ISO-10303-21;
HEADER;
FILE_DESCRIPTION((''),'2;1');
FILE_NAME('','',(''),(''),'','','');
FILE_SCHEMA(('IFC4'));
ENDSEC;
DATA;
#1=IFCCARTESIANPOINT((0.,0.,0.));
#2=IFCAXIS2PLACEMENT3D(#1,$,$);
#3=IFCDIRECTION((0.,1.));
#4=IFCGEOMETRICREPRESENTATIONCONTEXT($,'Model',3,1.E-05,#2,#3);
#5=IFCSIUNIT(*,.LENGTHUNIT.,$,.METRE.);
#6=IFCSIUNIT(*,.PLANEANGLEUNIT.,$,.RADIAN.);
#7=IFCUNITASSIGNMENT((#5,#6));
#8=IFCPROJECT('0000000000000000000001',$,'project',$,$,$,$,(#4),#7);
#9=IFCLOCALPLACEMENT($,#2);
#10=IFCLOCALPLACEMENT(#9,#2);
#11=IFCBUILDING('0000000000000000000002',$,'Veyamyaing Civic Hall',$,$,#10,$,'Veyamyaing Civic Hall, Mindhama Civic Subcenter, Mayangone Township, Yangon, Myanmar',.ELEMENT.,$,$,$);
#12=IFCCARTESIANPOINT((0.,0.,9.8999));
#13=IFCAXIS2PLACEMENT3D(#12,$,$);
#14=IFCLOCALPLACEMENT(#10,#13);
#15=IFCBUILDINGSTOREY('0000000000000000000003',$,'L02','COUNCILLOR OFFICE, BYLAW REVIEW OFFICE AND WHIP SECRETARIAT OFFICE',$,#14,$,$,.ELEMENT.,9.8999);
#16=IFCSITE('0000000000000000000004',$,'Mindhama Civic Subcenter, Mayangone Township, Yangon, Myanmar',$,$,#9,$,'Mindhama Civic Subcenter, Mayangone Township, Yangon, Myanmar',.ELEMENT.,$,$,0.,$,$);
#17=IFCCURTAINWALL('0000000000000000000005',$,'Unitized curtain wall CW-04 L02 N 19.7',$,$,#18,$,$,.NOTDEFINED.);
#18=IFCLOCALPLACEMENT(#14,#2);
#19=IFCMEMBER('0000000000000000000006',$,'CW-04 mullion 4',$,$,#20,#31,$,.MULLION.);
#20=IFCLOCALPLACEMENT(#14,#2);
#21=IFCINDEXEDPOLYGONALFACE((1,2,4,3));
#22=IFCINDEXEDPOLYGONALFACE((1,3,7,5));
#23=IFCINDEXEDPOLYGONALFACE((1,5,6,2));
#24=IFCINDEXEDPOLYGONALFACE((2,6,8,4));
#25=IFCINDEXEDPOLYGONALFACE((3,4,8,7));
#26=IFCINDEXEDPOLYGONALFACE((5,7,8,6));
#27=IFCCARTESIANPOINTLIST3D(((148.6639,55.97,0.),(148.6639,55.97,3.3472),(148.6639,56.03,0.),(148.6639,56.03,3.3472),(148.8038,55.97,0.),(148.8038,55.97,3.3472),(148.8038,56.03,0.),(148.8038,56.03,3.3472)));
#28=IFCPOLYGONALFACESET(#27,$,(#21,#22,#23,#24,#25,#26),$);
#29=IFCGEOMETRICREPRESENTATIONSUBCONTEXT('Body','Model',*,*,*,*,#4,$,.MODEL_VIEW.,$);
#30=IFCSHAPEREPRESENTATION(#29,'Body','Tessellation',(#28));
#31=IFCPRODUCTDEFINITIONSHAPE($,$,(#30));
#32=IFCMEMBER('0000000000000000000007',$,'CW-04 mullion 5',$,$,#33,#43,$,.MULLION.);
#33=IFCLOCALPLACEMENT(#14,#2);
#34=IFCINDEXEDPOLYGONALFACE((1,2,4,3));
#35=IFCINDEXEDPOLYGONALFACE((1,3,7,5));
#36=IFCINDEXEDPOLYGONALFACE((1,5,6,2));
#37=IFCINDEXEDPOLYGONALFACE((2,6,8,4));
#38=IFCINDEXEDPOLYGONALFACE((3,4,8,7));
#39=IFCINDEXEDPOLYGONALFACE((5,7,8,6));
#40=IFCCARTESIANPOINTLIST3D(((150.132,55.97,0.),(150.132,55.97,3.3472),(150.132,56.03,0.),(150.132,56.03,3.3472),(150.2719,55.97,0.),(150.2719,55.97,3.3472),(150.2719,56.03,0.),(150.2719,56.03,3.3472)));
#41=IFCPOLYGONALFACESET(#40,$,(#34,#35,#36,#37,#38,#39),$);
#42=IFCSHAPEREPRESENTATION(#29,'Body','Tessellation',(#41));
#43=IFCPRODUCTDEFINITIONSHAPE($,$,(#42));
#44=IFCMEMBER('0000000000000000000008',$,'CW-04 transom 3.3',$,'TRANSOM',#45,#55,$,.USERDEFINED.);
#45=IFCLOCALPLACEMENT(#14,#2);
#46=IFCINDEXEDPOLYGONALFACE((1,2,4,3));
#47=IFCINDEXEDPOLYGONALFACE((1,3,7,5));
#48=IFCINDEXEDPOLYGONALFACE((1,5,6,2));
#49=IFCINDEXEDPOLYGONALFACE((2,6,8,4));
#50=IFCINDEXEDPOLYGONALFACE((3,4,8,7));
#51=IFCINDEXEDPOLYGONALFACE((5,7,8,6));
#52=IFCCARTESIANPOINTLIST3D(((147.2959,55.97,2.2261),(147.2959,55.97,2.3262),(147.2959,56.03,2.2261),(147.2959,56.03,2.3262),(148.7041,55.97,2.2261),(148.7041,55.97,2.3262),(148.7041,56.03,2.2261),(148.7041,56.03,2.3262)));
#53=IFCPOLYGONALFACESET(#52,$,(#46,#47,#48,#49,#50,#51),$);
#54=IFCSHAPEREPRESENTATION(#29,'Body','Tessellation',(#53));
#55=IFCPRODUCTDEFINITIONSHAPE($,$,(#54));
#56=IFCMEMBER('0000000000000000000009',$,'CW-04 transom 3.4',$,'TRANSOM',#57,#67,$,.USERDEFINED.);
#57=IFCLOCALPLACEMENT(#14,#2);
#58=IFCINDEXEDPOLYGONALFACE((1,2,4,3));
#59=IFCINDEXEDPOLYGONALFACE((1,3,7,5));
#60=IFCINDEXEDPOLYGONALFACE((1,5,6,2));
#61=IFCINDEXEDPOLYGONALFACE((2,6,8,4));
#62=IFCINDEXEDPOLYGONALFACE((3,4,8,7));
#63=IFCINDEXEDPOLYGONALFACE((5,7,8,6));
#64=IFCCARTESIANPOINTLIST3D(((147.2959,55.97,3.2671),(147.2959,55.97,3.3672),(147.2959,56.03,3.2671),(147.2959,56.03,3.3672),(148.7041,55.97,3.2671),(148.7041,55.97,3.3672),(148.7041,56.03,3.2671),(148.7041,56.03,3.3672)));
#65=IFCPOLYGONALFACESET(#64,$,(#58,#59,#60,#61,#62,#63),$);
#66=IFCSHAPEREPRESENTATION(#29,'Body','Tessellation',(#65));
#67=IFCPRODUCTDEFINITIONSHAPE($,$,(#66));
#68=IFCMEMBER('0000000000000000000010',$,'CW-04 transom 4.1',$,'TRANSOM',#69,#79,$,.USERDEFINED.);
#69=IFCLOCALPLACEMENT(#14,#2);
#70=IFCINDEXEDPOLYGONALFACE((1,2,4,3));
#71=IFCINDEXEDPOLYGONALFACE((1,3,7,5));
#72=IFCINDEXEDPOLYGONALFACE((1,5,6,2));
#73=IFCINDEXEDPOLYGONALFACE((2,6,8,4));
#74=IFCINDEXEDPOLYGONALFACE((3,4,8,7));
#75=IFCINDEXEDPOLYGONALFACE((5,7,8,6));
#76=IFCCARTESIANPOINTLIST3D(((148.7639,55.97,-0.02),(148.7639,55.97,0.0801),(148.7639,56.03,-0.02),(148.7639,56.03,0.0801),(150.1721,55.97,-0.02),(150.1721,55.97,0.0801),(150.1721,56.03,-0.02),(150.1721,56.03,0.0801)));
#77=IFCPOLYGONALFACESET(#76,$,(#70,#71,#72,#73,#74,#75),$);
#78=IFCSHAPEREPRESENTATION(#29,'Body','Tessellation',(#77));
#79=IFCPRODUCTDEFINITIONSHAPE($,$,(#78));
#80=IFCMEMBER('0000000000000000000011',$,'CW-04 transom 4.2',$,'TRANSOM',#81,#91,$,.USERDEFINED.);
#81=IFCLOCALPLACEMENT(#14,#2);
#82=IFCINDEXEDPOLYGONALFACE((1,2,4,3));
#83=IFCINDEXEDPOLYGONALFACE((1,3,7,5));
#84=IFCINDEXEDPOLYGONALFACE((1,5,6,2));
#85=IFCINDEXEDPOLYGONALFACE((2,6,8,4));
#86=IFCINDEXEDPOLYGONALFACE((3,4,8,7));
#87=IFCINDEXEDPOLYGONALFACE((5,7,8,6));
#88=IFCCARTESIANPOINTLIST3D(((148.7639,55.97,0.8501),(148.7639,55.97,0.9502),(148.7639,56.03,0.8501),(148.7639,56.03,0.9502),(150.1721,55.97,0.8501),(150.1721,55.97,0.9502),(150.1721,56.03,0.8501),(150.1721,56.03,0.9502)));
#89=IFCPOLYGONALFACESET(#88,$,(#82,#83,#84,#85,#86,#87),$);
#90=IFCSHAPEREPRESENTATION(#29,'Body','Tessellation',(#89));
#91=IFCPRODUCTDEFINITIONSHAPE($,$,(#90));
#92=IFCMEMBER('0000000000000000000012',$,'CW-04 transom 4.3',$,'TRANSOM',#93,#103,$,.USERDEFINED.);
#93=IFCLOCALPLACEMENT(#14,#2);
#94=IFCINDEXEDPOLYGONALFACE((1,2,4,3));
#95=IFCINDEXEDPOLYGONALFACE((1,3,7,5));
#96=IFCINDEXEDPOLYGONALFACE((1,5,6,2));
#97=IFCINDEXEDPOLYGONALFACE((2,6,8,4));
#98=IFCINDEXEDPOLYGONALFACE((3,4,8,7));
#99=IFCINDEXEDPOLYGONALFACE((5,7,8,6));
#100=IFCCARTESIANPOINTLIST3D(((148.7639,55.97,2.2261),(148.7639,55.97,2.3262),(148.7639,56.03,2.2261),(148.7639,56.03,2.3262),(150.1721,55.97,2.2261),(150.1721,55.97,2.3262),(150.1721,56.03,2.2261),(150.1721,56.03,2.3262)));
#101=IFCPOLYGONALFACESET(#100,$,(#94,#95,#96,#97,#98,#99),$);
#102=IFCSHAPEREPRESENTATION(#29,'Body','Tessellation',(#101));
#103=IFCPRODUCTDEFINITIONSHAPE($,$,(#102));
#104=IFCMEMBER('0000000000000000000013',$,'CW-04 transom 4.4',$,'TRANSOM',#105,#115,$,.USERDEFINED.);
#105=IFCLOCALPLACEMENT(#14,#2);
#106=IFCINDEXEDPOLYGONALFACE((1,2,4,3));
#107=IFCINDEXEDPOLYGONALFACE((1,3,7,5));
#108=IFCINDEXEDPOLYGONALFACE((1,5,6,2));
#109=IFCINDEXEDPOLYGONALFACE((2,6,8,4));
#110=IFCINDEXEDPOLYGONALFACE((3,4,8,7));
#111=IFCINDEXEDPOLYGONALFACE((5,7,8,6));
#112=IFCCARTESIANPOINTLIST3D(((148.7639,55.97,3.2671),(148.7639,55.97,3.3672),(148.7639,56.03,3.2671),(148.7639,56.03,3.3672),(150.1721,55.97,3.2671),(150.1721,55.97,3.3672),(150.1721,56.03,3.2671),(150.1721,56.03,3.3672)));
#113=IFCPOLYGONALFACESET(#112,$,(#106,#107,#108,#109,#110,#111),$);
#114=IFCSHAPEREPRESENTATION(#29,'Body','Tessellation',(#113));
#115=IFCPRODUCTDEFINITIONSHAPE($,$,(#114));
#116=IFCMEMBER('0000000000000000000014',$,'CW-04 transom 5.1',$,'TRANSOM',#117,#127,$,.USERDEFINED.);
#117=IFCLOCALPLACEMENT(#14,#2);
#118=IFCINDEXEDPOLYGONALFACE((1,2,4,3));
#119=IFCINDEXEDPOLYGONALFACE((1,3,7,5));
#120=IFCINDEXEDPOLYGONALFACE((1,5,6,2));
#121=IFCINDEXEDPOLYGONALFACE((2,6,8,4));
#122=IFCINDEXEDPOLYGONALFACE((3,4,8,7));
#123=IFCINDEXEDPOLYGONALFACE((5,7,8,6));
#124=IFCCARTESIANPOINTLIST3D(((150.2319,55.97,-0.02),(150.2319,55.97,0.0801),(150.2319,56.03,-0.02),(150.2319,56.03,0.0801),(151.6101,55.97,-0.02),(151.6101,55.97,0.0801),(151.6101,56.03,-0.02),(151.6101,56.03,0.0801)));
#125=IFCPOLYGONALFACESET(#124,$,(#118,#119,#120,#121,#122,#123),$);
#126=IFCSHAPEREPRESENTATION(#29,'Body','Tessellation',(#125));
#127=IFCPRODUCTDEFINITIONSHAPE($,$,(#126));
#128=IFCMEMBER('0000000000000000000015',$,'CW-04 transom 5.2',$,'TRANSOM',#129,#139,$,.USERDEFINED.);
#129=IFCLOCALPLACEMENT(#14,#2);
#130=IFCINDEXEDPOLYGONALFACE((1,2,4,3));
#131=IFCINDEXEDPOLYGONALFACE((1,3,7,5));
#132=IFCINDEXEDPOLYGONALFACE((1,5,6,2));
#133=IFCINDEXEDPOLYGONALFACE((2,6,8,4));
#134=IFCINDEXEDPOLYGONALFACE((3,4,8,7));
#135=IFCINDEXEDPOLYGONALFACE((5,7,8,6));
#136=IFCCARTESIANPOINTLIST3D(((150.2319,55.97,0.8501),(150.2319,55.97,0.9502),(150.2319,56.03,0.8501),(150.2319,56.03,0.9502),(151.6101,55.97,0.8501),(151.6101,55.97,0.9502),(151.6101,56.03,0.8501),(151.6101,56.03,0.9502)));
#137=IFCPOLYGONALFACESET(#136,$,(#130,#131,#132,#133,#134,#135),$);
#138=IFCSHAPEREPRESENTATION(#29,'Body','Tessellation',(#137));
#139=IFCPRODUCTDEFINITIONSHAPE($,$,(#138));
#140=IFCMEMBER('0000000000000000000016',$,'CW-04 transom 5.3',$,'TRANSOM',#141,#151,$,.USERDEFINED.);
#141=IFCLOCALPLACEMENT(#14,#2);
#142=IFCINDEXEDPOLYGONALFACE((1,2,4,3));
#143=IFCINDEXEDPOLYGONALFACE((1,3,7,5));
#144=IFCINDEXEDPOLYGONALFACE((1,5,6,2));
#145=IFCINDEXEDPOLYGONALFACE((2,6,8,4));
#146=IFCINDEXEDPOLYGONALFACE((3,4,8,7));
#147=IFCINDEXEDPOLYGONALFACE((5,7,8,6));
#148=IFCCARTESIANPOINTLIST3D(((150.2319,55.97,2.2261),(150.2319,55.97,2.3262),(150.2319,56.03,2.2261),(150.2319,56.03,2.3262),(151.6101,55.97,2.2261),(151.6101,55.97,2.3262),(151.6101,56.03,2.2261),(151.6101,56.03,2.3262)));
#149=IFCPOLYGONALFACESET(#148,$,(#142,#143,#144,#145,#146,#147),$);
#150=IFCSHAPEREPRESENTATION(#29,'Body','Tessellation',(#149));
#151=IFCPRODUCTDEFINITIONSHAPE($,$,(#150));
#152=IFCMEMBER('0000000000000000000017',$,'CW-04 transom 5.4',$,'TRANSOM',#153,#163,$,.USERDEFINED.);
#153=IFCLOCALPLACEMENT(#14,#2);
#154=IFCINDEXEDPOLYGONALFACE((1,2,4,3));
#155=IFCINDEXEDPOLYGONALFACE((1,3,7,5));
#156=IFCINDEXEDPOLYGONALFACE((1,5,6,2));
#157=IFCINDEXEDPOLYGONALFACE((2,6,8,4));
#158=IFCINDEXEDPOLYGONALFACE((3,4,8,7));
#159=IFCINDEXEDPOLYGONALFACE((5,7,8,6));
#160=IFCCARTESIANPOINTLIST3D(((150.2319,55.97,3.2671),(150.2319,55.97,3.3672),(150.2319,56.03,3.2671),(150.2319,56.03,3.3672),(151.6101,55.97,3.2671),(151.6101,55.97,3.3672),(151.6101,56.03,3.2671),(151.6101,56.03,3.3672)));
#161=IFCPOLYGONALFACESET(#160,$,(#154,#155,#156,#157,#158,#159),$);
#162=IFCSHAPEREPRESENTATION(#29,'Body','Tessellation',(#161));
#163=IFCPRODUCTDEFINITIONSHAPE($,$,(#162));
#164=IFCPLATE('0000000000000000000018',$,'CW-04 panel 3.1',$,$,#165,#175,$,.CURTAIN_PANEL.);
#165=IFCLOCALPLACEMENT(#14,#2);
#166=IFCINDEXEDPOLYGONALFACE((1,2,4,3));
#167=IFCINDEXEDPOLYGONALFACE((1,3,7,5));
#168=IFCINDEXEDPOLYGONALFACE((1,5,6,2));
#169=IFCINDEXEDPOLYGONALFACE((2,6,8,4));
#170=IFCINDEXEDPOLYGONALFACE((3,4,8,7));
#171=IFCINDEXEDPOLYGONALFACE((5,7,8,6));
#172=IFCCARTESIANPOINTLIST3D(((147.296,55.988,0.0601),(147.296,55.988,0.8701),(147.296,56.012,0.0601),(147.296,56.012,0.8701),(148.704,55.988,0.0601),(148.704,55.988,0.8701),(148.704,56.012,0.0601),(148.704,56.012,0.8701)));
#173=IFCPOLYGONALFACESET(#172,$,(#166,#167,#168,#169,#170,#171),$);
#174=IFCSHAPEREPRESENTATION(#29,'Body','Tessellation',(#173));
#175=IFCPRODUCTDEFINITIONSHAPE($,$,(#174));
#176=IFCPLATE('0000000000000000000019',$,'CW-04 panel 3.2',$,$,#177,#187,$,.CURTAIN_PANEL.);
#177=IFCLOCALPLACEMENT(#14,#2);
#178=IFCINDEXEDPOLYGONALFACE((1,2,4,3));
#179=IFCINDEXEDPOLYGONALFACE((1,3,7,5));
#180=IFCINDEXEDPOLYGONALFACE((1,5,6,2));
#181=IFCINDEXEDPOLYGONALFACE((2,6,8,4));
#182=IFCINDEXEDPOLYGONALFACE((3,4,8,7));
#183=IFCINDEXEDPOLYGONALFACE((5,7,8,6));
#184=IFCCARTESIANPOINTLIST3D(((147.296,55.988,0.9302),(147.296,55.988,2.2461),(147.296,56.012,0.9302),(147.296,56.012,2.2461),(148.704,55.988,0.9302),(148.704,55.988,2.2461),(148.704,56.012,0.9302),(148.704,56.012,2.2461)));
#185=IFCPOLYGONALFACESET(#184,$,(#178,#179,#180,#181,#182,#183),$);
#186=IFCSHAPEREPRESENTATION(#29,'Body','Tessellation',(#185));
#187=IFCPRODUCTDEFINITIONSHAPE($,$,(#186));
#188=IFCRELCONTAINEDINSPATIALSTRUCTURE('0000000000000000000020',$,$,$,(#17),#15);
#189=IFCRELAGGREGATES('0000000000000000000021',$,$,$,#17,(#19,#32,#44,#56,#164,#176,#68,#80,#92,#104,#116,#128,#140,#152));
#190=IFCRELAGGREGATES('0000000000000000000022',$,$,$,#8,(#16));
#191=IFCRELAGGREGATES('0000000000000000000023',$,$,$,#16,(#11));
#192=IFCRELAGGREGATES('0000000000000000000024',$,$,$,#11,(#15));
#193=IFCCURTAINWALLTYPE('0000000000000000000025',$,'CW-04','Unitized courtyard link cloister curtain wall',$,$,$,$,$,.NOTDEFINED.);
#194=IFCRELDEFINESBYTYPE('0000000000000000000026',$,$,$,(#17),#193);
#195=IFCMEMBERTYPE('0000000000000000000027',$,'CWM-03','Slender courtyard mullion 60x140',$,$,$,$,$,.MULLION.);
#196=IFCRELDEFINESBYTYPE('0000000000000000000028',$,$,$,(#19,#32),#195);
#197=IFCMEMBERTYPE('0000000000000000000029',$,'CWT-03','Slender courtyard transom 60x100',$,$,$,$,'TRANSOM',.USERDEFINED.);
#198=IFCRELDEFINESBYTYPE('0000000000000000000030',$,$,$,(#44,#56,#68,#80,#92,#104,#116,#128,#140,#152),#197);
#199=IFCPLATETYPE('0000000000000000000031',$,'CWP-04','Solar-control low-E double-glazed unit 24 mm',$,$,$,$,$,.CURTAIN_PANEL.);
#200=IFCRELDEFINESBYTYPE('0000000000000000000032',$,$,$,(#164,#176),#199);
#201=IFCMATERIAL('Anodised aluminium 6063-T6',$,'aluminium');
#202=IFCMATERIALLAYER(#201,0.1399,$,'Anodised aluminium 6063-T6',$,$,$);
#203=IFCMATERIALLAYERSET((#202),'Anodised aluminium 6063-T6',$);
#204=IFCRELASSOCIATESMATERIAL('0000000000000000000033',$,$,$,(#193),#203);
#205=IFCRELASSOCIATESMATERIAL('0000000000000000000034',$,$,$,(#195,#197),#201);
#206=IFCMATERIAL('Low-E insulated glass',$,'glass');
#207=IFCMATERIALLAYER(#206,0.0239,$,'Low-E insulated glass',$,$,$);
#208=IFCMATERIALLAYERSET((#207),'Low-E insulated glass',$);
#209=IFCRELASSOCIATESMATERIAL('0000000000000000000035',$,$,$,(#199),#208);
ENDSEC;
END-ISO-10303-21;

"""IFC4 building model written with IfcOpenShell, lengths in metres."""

from ifc_helpers import new_model, si_unit, direction, frame, origin, origin_2d, place, context, subcontext, project, spatial, rectangle, extrude, material, layer, layer_set, material_profile, profile_set, type_object, element, aggregate, save


model = new_model("IFC4")

# Units and contexts
model_context = context("Model", 3, precision=1e-05, world=origin(), true_north=direction((0.0, 1.0)))
body_context = subcontext(model_context, "Body", "Model", "MODEL_VIEW")
ifc_project = project(units=[si_unit("LENGTHUNIT", "METRE"), si_unit("PLANEANGLEUNIT", "RADIAN")], contexts=[model_context])

# Site, building, storey
site_placement = place(None, origin())
site = spatial("IfcSite", under=ifc_project, at=site_placement, Name="Mindhama Civic Subcenter, Mayangone Township, Yangon, Myanmar", LongName="Mindhama Civic Subcenter, Mayangone Township, Yangon, Myanmar", CompositionType="ELEMENT", RefElevation=0.0)
building_placement = place(site_placement, origin())
building = spatial("IfcBuilding", under=site, at=building_placement, Name="Veyamyaing Civic Hall", LongName="Veyamyaing Civic Hall, Mindhama Civic Subcenter, Mayangone Township, Yangon, Myanmar", CompositionType="ELEMENT")
storey_placement = place(building_placement, frame((0.0, 0.0, 9.8999)))
storey = spatial("IfcBuildingStorey", under=building, at=storey_placement, Name="L02", Description="COUNCILLOR OFFICE, BYLAW REVIEW OFFICE AND WHIP SECRETARIAT OFFICE", CompositionType="ELEMENT", Elevation=9.8999)

# Curtain wall, members, plates
ifc_material_1 = material(Name="Anodised aluminium 6063-T6", Category="aluminium")
ifc_layer_1 = layer(ifc_material_1, 0.1399, Name="Anodised aluminium 6063-T6")
ifc_layer_set_1 = layer_set([ifc_layer_1], Name="Anodised aluminium 6063-T6")
curtain_wall_type = type_object("IfcCurtainWallType", Name="CW-04", Description="Unitized courtyard link cloister curtain wall", PredefinedType="NOTDEFINED", material=ifc_layer_set_1)
curtain_wall_placement = place(storey_placement, origin())
curtain_wall = element("IfcCurtainWall", 1, at=curtain_wall_placement, inside=storey, type_object=curtain_wall_type, Name="Unitized curtain wall CW-04 L02 N 19.7", PredefinedType="NOTDEFINED")
ifc_material_profile_1 = material_profile(ifc_material_1, rectangle(XDim=0.0601, YDim=0.1399, at=origin_2d()), Name="ALU-MUL-60X140")
ifc_profile_set_1 = profile_set([ifc_material_profile_1], Name="Anodised aluminium 6063-T6")
member_type_1 = type_object("IfcMemberType", Name="CWM-03", Description="Slender courtyard mullion 60x140", PredefinedType="MULLION", material=ifc_profile_set_1)
member_1_placement = place(storey_placement, frame((148.7339, 56.0, 0.0), z_axis=(0.0, 0.0, 1.0), x_axis=(0.0, 1.0, 0.0)))
member_1 = element("IfcMember", 2, at=member_1_placement, type_object=member_type_1, Name="CW-04 mullion 4", PredefinedType="MULLION", context=body_context, shape_type="SweptSolid", body=[
    extrude(rectangle(XDim=0.0601, YDim=0.1399, at=origin_2d()), origin(), (0.0, 0.0, 1.0), 3.3472),
])
member_2_placement = place(storey_placement, frame((150.2019, 56.0, 0.0), z_axis=(0.0, 0.0, 1.0), x_axis=(0.0, 1.0, 0.0)))
member_2 = element("IfcMember", 3, at=member_2_placement, type_object=member_type_1, Name="CW-04 mullion 5", PredefinedType="MULLION", context=body_context, shape_type="SweptSolid", body=[
    extrude(rectangle(XDim=0.0601, YDim=0.1399, at=origin_2d()), origin(), (0.0, 0.0, 1.0), 3.3472),
])
ifc_material_profile_2 = material_profile(ifc_material_1, rectangle(XDim=0.0601, YDim=0.1001, at=origin_2d()), Name="ALU-TRN-60X100")
ifc_profile_set_2 = profile_set([ifc_material_profile_2], Name="Anodised aluminium 6063-T6")
member_type_2 = type_object("IfcMemberType", Name="CWT-03", Description="Slender courtyard transom 60x100", ElementType="TRANSOM", PredefinedType="USERDEFINED", material=ifc_profile_set_2)
member_3_placement = place(storey_placement, frame((147.2959, 56.0, 2.2761), z_axis=(1.0, 0.0, 0.0), x_axis=(0.0, 1.0, 0.0)))
member_3 = element("IfcMember", 4, at=member_3_placement, type_object=member_type_2, Name="CW-04 transom 3.3", ObjectType="TRANSOM", PredefinedType="USERDEFINED", context=body_context, shape_type="SweptSolid", body=[
    extrude(rectangle(XDim=0.0601, YDim=0.1001, at=origin_2d()), origin(), (0.0, 0.0, 1.0), 1.4082),
])
member_4_placement = place(storey_placement, frame((147.2959, 56.0, 3.3171), z_axis=(1.0, 0.0, 0.0), x_axis=(0.0, 1.0, 0.0)))
member_4 = element("IfcMember", 5, at=member_4_placement, type_object=member_type_2, Name="CW-04 transom 3.4", ObjectType="TRANSOM", PredefinedType="USERDEFINED", context=body_context, shape_type="SweptSolid", body=[
    extrude(rectangle(XDim=0.0601, YDim=0.1001, at=origin_2d()), origin(), (0.0, 0.0, 1.0), 1.4082),
])
member_5_placement = place(storey_placement, frame((148.7639, 56.0, 0.03), z_axis=(1.0, 0.0, 0.0), x_axis=(0.0, 1.0, 0.0)))
member_5 = element("IfcMember", 6, at=member_5_placement, type_object=member_type_2, Name="CW-04 transom 4.1", ObjectType="TRANSOM", PredefinedType="USERDEFINED", context=body_context, shape_type="SweptSolid", body=[
    extrude(rectangle(XDim=0.0601, YDim=0.1001, at=origin_2d()), origin(), (0.0, 0.0, 1.0), 1.4082),
])
member_6_placement = place(storey_placement, frame((148.7639, 56.0, 0.9001), z_axis=(1.0, 0.0, 0.0), x_axis=(0.0, 1.0, 0.0)))
member_6 = element("IfcMember", 7, at=member_6_placement, type_object=member_type_2, Name="CW-04 transom 4.2", ObjectType="TRANSOM", PredefinedType="USERDEFINED", context=body_context, shape_type="SweptSolid", body=[
    extrude(rectangle(XDim=0.0601, YDim=0.1001, at=origin_2d()), origin(), (0.0, 0.0, 1.0), 1.4082),
])
member_7_placement = place(storey_placement, frame((148.7639, 56.0, 2.2761), z_axis=(1.0, 0.0, 0.0), x_axis=(0.0, 1.0, 0.0)))
member_7 = element("IfcMember", 8, at=member_7_placement, type_object=member_type_2, Name="CW-04 transom 4.3", ObjectType="TRANSOM", PredefinedType="USERDEFINED", context=body_context, shape_type="SweptSolid", body=[
    extrude(rectangle(XDim=0.0601, YDim=0.1001, at=origin_2d()), origin(), (0.0, 0.0, 1.0), 1.4082),
])
member_8_placement = place(storey_placement, frame((148.7639, 56.0, 3.3171), z_axis=(1.0, 0.0, 0.0), x_axis=(0.0, 1.0, 0.0)))
member_8 = element("IfcMember", 9, at=member_8_placement, type_object=member_type_2, Name="CW-04 transom 4.4", ObjectType="TRANSOM", PredefinedType="USERDEFINED", context=body_context, shape_type="SweptSolid", body=[
    extrude(rectangle(XDim=0.0601, YDim=0.1001, at=origin_2d()), origin(), (0.0, 0.0, 1.0), 1.4082),
])
member_9_placement = place(storey_placement, frame((150.2319, 56.0, 0.03), z_axis=(1.0, 0.0, 0.0), x_axis=(0.0, 1.0, 0.0)))
member_9 = element("IfcMember", 10, at=member_9_placement, type_object=member_type_2, Name="CW-04 transom 5.1", ObjectType="TRANSOM", PredefinedType="USERDEFINED", context=body_context, shape_type="SweptSolid", body=[
    extrude(rectangle(XDim=0.0601, YDim=0.1001, at=origin_2d()), origin(), (0.0, 0.0, 1.0), 1.3782),
])
member_10_placement = place(storey_placement, frame((150.2319, 56.0, 0.9001), z_axis=(1.0, 0.0, 0.0), x_axis=(0.0, 1.0, 0.0)))
member_10 = element("IfcMember", 11, at=member_10_placement, type_object=member_type_2, Name="CW-04 transom 5.2", ObjectType="TRANSOM", PredefinedType="USERDEFINED", context=body_context, shape_type="SweptSolid", body=[
    extrude(rectangle(XDim=0.0601, YDim=0.1001, at=origin_2d()), origin(), (0.0, 0.0, 1.0), 1.3782),
])
member_11_placement = place(storey_placement, frame((150.2319, 56.0, 2.2761), z_axis=(1.0, 0.0, 0.0), x_axis=(0.0, 1.0, 0.0)))
member_11 = element("IfcMember", 12, at=member_11_placement, type_object=member_type_2, Name="CW-04 transom 5.3", ObjectType="TRANSOM", PredefinedType="USERDEFINED", context=body_context, shape_type="SweptSolid", body=[
    extrude(rectangle(XDim=0.0601, YDim=0.1001, at=origin_2d()), origin(), (0.0, 0.0, 1.0), 1.3782),
])
member_12_placement = place(storey_placement, frame((150.2319, 56.0, 3.3171), z_axis=(1.0, 0.0, 0.0), x_axis=(0.0, 1.0, 0.0)))
member_12 = element("IfcMember", 13, at=member_12_placement, type_object=member_type_2, Name="CW-04 transom 5.4", ObjectType="TRANSOM", PredefinedType="USERDEFINED", context=body_context, shape_type="SweptSolid", body=[
    extrude(rectangle(XDim=0.0601, YDim=0.1001, at=origin_2d()), origin(), (0.0, 0.0, 1.0), 1.3782),
])
ifc_material_2 = material(Name="Low-E insulated glass", Category="glass")
ifc_layer_2 = layer(ifc_material_2, 0.0239, Name="Low-E insulated glass")
ifc_layer_set_2 = layer_set([ifc_layer_2], Name="Low-E insulated glass")
plate_type = type_object("IfcPlateType", Name="CWP-04", Description="Solar-control low-E double-glazed unit 24 mm", PredefinedType="CURTAIN_PANEL", material=ifc_layer_set_2)
plate_1_placement = place(storey_placement, frame((148.0, 56.0, 0.0601), z_axis=(0.0, 0.0, 1.0), x_axis=(1.0, 0.0, 0.0)))
plate_1 = element("IfcPlate", 14, at=plate_1_placement, type_object=plate_type, Name="CW-04 panel 3.1", PredefinedType="CURTAIN_PANEL", context=body_context, shape_type="SweptSolid", body=[
    extrude(rectangle(XDim=1.408, YDim=0.0239, at=origin_2d()), origin(), (0.0, 0.0, 1.0), 0.8101),
])
plate_2_placement = place(storey_placement, frame((148.0, 56.0, 0.9302), z_axis=(0.0, 0.0, 1.0), x_axis=(1.0, 0.0, 0.0)))
plate_2 = element("IfcPlate", 15, at=plate_2_placement, type_object=plate_type, Name="CW-04 panel 3.2", PredefinedType="CURTAIN_PANEL", context=body_context, shape_type="SweptSolid", body=[
    extrude(rectangle(XDim=1.408, YDim=0.0239, at=origin_2d()), origin(), (0.0, 0.0, 1.0), 1.3159),
])
aggregate(curtain_wall, [member_1, member_2, member_3, member_4, plate_1, plate_2, member_5, member_6, member_7, member_8, member_9, member_10, member_11, member_12])

save(model, "model.ifc")
